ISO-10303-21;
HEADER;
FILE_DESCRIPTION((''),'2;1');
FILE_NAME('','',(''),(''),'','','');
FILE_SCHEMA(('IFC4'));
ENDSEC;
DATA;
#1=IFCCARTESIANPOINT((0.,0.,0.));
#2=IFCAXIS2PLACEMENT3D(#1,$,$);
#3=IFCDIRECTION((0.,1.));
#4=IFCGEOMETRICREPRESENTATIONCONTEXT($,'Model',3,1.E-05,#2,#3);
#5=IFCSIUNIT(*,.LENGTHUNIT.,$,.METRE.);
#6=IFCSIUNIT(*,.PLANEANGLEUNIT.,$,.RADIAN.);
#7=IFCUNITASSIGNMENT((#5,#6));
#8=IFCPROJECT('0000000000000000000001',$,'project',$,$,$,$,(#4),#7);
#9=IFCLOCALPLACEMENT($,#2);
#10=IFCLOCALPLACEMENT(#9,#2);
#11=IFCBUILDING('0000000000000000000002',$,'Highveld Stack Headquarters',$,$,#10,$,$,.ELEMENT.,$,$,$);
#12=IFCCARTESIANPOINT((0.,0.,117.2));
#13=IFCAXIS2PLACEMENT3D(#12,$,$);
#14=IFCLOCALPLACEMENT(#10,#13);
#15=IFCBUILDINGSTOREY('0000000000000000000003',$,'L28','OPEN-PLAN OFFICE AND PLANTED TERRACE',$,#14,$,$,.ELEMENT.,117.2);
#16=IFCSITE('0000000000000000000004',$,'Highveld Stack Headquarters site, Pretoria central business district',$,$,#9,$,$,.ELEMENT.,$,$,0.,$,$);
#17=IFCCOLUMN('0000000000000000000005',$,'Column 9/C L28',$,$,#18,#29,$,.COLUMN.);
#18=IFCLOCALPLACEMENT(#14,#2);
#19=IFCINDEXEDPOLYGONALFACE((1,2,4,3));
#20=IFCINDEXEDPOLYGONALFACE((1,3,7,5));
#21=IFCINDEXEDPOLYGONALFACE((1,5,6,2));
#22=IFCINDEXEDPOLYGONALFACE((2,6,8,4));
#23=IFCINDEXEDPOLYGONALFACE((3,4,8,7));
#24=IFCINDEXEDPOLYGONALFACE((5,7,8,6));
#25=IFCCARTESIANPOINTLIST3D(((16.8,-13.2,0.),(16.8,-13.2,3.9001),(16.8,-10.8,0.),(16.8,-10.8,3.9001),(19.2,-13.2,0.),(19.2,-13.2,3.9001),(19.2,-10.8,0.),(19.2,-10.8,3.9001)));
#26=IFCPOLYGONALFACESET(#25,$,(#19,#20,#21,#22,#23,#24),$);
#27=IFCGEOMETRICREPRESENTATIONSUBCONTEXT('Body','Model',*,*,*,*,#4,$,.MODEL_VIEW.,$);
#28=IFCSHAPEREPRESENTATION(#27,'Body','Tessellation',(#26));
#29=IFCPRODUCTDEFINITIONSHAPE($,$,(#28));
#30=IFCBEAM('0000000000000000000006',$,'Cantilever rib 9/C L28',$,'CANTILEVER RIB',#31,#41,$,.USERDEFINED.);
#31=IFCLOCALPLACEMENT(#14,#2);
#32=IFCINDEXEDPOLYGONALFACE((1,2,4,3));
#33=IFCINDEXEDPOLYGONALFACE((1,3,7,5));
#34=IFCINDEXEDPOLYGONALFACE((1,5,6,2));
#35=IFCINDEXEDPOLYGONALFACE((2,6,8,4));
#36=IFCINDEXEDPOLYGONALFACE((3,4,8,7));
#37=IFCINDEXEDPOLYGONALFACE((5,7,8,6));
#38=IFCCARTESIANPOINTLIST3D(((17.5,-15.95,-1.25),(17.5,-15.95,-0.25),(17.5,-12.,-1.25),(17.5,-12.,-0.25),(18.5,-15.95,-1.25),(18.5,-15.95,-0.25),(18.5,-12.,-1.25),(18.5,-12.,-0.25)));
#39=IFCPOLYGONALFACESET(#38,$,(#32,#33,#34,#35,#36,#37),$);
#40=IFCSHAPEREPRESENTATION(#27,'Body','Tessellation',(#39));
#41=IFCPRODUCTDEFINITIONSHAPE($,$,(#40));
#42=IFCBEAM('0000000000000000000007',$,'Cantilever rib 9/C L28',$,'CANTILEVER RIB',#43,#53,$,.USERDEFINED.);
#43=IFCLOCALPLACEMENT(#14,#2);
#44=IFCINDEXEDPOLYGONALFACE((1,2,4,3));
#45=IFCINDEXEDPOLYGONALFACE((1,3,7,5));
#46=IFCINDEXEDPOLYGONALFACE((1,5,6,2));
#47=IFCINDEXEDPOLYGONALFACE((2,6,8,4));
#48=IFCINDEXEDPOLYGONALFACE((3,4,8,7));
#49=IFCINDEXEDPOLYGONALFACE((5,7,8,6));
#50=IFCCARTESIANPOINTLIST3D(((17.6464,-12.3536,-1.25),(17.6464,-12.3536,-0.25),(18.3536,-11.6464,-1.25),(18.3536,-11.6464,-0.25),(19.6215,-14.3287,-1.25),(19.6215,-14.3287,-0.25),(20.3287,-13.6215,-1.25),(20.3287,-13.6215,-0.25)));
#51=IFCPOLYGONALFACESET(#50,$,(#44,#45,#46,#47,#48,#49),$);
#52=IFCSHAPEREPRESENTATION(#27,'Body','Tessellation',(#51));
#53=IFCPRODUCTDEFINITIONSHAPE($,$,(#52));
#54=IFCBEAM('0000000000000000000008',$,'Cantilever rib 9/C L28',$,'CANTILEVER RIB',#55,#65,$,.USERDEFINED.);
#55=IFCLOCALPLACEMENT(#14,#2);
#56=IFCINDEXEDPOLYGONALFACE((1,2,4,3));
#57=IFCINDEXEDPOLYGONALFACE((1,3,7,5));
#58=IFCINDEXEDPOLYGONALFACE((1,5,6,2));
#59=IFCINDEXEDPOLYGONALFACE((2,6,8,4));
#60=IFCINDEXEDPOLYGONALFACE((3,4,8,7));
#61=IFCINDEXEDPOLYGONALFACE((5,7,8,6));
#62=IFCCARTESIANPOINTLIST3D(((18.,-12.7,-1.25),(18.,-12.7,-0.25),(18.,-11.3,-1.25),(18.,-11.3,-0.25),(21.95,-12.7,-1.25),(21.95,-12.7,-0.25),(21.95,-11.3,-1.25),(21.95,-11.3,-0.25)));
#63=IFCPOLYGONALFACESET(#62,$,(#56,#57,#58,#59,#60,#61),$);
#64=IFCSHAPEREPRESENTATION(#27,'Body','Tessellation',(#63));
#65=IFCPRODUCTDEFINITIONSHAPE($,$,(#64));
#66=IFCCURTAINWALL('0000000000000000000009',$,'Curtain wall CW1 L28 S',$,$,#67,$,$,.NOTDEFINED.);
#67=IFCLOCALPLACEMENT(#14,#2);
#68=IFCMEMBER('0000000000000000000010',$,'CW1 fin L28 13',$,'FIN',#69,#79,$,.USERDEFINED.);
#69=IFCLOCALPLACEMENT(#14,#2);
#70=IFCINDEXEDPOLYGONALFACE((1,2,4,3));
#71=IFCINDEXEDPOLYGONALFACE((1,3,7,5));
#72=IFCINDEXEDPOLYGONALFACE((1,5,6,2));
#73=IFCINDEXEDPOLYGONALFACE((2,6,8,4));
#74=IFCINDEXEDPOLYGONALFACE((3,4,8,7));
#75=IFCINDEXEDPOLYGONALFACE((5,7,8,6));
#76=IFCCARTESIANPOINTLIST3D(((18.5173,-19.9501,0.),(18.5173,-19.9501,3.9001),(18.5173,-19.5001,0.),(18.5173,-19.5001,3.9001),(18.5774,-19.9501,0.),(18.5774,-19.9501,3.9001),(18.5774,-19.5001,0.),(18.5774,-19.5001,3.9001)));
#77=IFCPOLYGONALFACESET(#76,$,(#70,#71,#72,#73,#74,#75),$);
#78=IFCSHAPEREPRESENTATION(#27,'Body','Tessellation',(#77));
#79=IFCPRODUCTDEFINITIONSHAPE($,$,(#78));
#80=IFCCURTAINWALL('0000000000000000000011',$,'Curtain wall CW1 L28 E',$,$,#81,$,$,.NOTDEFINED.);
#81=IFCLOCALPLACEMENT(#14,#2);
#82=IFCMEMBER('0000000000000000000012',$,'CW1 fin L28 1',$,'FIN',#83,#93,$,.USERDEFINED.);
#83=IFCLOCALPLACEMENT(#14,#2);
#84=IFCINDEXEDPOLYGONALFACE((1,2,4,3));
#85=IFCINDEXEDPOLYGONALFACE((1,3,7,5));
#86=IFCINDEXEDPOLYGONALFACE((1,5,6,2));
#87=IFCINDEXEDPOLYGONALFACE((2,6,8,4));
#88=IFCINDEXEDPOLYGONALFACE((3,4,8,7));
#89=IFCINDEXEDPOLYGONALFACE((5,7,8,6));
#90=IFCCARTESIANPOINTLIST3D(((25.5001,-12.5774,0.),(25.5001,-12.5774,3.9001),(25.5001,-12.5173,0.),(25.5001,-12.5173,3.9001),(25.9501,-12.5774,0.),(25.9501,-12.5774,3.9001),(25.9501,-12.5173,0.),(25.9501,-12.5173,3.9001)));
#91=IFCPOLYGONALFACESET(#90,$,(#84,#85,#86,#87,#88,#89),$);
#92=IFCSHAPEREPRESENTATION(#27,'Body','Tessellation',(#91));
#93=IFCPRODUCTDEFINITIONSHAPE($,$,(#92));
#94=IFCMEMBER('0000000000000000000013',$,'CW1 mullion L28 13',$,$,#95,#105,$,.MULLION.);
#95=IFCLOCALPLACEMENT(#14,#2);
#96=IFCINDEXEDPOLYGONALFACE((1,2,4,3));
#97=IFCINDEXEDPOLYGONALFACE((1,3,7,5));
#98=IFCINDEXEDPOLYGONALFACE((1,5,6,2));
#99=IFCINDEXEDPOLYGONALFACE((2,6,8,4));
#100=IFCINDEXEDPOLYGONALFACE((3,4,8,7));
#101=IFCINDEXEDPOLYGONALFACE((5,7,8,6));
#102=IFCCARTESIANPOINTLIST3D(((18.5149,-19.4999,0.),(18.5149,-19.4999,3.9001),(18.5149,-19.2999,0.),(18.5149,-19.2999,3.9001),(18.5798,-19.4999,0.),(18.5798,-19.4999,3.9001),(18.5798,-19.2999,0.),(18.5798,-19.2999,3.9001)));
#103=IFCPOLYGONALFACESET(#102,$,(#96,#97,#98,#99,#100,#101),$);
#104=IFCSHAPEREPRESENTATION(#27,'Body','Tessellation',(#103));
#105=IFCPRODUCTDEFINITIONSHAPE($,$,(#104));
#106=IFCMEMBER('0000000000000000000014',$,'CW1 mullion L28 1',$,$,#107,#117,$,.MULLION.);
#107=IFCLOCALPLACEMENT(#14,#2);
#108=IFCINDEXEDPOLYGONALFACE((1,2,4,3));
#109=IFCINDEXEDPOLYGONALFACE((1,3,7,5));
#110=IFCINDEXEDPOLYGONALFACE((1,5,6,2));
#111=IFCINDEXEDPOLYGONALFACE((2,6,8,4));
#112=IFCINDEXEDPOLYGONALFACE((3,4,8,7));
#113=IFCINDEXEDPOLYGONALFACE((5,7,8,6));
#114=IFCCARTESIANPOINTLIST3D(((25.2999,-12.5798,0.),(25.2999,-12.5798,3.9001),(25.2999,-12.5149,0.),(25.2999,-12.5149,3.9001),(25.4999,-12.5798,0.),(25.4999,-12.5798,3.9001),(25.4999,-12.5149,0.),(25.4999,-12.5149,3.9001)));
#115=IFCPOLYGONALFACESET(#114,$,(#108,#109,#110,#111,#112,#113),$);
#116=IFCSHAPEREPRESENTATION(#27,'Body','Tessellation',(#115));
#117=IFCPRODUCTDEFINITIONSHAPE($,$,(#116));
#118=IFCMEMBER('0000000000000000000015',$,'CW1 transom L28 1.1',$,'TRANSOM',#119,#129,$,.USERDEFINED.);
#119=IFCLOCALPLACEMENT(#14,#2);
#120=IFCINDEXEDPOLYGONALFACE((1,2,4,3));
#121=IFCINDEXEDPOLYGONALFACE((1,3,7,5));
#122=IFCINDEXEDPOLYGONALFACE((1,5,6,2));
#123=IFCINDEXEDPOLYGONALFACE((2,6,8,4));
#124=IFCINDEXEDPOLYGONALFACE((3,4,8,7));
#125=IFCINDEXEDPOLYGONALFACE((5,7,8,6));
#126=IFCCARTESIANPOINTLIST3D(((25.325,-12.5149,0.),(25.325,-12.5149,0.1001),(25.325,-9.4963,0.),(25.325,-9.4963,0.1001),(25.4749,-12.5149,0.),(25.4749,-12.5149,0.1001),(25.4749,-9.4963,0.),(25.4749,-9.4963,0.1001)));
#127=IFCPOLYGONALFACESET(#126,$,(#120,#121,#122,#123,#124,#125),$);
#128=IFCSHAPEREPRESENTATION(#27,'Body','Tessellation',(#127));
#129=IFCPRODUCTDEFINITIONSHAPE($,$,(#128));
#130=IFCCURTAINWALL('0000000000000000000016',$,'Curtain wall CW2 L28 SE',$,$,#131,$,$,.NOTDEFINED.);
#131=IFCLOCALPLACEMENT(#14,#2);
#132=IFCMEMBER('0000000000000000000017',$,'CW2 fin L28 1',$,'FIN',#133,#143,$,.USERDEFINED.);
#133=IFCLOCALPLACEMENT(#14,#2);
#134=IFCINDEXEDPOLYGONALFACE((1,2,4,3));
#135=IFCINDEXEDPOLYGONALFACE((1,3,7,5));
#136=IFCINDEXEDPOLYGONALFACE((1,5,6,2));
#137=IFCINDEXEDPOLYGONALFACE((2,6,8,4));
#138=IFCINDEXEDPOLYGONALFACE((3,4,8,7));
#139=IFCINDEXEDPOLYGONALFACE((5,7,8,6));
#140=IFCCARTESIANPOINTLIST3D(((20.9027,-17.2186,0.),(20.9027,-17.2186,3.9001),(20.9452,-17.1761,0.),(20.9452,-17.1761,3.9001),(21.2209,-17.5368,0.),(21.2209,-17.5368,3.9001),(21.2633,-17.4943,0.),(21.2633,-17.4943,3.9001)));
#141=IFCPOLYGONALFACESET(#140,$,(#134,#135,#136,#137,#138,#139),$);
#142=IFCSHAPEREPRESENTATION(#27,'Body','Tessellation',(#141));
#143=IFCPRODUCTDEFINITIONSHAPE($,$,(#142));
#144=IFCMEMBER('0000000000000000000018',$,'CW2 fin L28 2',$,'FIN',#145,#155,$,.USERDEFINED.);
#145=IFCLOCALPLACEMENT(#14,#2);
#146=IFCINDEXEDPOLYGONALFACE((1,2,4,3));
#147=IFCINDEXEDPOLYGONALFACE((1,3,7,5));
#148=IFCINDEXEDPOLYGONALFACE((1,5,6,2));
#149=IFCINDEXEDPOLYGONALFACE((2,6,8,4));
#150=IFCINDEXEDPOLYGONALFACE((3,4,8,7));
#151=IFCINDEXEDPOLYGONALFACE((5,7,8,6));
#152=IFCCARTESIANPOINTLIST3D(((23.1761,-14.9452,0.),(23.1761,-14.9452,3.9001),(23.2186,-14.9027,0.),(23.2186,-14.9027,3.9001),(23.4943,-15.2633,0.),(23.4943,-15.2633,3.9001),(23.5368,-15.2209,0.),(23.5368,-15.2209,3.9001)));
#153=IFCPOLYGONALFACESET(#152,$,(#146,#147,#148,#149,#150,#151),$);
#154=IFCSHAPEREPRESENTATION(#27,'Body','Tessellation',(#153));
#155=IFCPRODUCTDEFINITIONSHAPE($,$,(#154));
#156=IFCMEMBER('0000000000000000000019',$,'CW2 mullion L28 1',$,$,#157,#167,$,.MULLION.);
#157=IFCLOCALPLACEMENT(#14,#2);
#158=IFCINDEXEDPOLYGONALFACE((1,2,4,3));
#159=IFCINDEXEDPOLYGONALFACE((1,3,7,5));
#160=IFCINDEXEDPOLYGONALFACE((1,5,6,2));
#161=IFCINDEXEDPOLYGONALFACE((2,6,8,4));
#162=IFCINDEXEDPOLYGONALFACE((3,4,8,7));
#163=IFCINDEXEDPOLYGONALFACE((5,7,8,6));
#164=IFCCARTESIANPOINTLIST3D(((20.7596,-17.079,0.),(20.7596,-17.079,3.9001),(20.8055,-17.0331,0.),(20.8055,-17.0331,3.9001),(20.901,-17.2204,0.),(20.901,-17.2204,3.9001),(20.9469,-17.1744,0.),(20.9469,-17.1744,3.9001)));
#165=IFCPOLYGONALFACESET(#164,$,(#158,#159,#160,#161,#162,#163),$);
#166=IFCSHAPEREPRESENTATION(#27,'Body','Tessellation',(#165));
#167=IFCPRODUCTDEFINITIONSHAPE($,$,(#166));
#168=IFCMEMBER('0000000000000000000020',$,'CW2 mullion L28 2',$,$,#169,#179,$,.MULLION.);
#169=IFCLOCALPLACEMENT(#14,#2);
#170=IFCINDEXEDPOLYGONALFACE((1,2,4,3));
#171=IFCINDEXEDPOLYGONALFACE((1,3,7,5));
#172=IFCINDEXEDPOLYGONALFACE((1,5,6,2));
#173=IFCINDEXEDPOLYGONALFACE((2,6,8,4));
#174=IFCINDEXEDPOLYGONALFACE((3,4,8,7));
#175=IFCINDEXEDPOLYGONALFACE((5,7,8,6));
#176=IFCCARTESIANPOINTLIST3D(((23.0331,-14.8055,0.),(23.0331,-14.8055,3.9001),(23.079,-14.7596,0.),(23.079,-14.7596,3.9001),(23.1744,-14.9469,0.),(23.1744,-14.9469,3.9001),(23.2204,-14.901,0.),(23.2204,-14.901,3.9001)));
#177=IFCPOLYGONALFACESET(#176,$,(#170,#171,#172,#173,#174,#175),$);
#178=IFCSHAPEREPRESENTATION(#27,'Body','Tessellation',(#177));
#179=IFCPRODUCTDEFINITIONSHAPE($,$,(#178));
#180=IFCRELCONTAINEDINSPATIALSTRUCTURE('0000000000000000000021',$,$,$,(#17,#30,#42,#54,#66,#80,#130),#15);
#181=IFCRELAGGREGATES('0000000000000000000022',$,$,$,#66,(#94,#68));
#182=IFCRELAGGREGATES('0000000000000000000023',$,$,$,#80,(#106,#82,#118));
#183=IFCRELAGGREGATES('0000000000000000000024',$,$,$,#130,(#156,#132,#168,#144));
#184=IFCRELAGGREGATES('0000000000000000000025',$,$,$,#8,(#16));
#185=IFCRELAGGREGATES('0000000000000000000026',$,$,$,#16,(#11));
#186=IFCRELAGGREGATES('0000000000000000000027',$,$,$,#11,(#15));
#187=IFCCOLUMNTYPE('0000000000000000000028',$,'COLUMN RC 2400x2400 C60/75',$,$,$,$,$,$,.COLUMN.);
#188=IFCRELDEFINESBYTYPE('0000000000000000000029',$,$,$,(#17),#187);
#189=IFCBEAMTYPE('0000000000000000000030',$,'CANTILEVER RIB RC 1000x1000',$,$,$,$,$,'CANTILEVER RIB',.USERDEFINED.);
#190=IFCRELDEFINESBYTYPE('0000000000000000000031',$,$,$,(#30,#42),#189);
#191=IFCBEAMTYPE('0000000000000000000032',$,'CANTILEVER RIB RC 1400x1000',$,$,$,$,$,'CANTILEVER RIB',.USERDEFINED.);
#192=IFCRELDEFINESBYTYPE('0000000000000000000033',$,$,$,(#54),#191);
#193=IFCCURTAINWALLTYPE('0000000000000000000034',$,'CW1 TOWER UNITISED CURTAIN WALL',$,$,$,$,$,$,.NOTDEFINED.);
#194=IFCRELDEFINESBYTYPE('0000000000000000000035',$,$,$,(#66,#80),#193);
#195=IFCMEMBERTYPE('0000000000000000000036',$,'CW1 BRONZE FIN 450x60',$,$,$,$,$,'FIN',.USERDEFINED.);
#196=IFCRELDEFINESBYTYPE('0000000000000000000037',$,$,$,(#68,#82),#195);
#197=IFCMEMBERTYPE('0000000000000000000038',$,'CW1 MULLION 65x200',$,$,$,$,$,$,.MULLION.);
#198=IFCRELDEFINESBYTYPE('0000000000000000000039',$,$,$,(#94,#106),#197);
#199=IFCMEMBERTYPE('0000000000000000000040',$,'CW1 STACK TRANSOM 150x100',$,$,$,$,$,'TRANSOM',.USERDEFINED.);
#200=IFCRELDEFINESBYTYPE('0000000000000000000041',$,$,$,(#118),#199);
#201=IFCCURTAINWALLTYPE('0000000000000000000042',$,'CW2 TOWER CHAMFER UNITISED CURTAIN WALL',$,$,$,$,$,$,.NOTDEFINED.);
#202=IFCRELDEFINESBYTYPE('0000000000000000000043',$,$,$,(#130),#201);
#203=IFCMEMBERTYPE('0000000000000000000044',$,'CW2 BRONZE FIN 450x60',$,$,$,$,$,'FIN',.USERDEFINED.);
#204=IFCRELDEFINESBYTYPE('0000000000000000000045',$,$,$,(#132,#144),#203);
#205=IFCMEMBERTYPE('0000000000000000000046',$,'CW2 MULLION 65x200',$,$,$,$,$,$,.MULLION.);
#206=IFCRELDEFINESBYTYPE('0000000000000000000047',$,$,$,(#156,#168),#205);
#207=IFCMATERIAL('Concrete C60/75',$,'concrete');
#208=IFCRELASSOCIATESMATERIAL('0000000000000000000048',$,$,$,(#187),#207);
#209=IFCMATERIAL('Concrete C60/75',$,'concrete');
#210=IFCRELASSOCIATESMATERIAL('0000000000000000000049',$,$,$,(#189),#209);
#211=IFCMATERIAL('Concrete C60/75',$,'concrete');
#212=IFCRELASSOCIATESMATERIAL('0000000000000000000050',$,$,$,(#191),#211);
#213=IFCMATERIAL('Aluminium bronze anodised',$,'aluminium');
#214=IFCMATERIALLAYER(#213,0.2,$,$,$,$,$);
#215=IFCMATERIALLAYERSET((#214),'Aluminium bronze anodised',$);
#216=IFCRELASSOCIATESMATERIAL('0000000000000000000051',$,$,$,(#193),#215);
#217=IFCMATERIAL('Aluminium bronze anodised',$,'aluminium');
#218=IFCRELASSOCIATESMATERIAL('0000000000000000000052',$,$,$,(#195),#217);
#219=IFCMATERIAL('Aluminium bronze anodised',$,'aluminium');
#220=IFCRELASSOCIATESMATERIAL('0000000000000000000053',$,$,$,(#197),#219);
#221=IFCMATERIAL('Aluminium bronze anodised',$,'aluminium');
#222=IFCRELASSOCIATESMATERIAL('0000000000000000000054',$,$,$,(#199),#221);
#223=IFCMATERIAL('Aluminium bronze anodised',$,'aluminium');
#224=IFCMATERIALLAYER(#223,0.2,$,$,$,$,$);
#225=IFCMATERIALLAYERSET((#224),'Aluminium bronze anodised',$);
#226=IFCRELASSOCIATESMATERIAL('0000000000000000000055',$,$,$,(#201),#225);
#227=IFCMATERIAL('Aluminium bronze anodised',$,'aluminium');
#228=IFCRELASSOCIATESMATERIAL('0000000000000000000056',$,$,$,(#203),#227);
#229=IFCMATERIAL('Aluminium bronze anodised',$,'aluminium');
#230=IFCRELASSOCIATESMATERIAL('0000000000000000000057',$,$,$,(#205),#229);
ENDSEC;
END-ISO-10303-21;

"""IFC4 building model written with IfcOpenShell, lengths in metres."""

from ifc_helpers import new_model, si_unit, direction, frame, origin, origin_2d, place, context, subcontext, project, spatial, rectangle, extrude, material, layer, layer_set, material_profile, profile_set, type_object, element, aggregate, save


model = new_model("IFC4")

# Units and contexts
model_context = context("Model", 3, precision=1e-05, world=origin(), true_north=direction((0.0, 1.0)))
body_context = subcontext(model_context, "Body", "Model", "MODEL_VIEW")
ifc_project = project(units=[si_unit("LENGTHUNIT", "METRE"), si_unit("PLANEANGLEUNIT", "RADIAN")], contexts=[model_context])

# Site, building, storey
site_placement = place(None, origin())
site = spatial("IfcSite", under=ifc_project, at=site_placement, Name="Highveld Stack Headquarters site, Pretoria central business district", CompositionType="ELEMENT", RefElevation=0.0)
building_placement = place(site_placement, origin())
building = spatial("IfcBuilding", under=site, at=building_placement, Name="Highveld Stack Headquarters", CompositionType="ELEMENT")
storey_placement = place(building_placement, frame((0.0, 0.0, 117.2)))
storey = spatial("IfcBuildingStorey", under=building, at=storey_placement, Name="L28", Description="OPEN-PLAN OFFICE AND PLANTED TERRACE", CompositionType="ELEMENT", Elevation=117.2)

# Column
ifc_material_1 = material(Name="Concrete C60/75", Category="concrete")
ifc_material_profile_1 = material_profile(ifc_material_1, rectangle(XDim=2.3999, YDim=2.3999, at=origin_2d()), Name="RC 2400x2400")
ifc_profile_set_1 = profile_set([ifc_material_profile_1], Name="Concrete C60/75")
column_type = type_object("IfcColumnType", Name="COLUMN RC 2400x2400 C60/75", PredefinedType="COLUMN", material=ifc_profile_set_1)
column_placement = place(storey_placement, frame((18.0, -12.0, 0.0), z_axis=(0.0, 0.0, 1.0), x_axis=(1.0, 0.0, 0.0)))
element("IfcColumn", 1, at=column_placement, inside=storey, type_object=column_type, Name="Column 9/C L28", PredefinedType="COLUMN", context=body_context, shape_type="SweptSolid", body=[
    extrude(rectangle(XDim=2.3999, YDim=2.3999, at=origin_2d()), origin(), (0.0, 0.0, 1.0), 3.9001),
])

# Beams
ifc_material_2 = material(Name="Concrete C60/75", Category="concrete")
ifc_material_profile_2 = material_profile(ifc_material_2, rectangle(XDim=1.0, YDim=1.0, at=origin_2d()), Name="RC 1000x1000")
ifc_profile_set_2 = profile_set([ifc_material_profile_2], Name="Concrete C60/75")
beam_type_1 = type_object("IfcBeamType", Name="CANTILEVER RIB RC 1000x1000", ElementType="CANTILEVER RIB", PredefinedType="USERDEFINED", material=ifc_profile_set_2)
beam_1_placement = place(storey_placement, frame((18.0, -12.0, -0.75), z_axis=(0.0, -1.0, 0.0), x_axis=(1.0, 0.0, 0.0)))
element("IfcBeam", 2, at=beam_1_placement, inside=storey, type_object=beam_type_1, Name="Cantilever rib 9/C L28", ObjectType="CANTILEVER RIB", PredefinedType="USERDEFINED", context=body_context, shape_type="SweptSolid", body=[
    extrude(rectangle(XDim=1.0, YDim=1.0, at=origin_2d()), origin(), (0.0, 0.0, 1.0), 3.95),
])
beam_2_placement = place(storey_placement, frame((18.0, -12.0, -0.75), z_axis=(0.707107, -0.707107, 0.0), x_axis=(0.707107, 0.707107, 0.0)))
element("IfcBeam", 3, at=beam_2_placement, inside=storey, type_object=beam_type_1, Name="Cantilever rib 9/C L28", ObjectType="CANTILEVER RIB", PredefinedType="USERDEFINED", context=body_context, shape_type="SweptSolid", body=[
    extrude(rectangle(XDim=1.0, YDim=1.0, at=origin_2d()), origin(), (0.0, 0.0, 1.0), 2.7932),
])
ifc_material_3 = material(Name="Concrete C60/75", Category="concrete")
ifc_material_profile_3 = material_profile(ifc_material_3, rectangle(XDim=1.3999, YDim=1.0, at=origin_2d()), Name="RC 1400x1000")
ifc_profile_set_3 = profile_set([ifc_material_profile_3], Name="Concrete C60/75")
beam_type_2 = type_object("IfcBeamType", Name="CANTILEVER RIB RC 1400x1000", ElementType="CANTILEVER RIB", PredefinedType="USERDEFINED", material=ifc_profile_set_3)
beam_3_placement = place(storey_placement, frame((18.0, -12.0, -0.75), z_axis=(1.0, 0.0, 0.0), x_axis=(0.0, 1.0, 0.0)))
element("IfcBeam", 4, at=beam_3_placement, inside=storey, type_object=beam_type_2, Name="Cantilever rib 9/C L28", ObjectType="CANTILEVER RIB", PredefinedType="USERDEFINED", context=body_context, shape_type="SweptSolid", body=[
    extrude(rectangle(XDim=1.3999, YDim=1.0, at=origin_2d()), origin(), (0.0, 0.0, 1.0), 3.95),
])

# Curtain walls, members
ifc_material_4 = material(Name="Aluminium bronze anodised", Category="aluminium")
ifc_layer_1 = layer(ifc_material_4, 0.2)
ifc_layer_set_1 = layer_set([ifc_layer_1], Name="Aluminium bronze anodised")
curtain_wall_type_1 = type_object("IfcCurtainWallType", Name="CW1 TOWER UNITISED CURTAIN WALL", PredefinedType="NOTDEFINED", material=ifc_layer_set_1)
curtain_wall_1_placement = place(storey_placement, origin())
curtain_wall_1 = element("IfcCurtainWall", 5, at=curtain_wall_1_placement, inside=storey, type_object=curtain_wall_type_1, Name="Curtain wall CW1 L28 S", PredefinedType="NOTDEFINED")
ifc_material_5 = material(Name="Aluminium bronze anodised", Category="aluminium")
ifc_material_profile_4 = material_profile(ifc_material_5, rectangle(XDim=0.45, YDim=0.0601, at=origin_2d()), Name="FIN 450x60")
ifc_profile_set_4 = profile_set([ifc_material_profile_4], Name="Aluminium bronze anodised")
member_type_1 = type_object("IfcMemberType", Name="CW1 BRONZE FIN 450x60", ElementType="FIN", PredefinedType="USERDEFINED", material=ifc_profile_set_4)
member_1_placement = place(storey_placement, frame((18.5474, -19.7251, 0.0), z_axis=(0.0, 0.0, 1.0), x_axis=(0.0, 1.0, 0.0)))
member_1 = element("IfcMember", 6, at=member_1_placement, type_object=member_type_1, Name="CW1 fin L28 13", ObjectType="FIN", PredefinedType="USERDEFINED", context=body_context, shape_type="SweptSolid", body=[
    extrude(rectangle(XDim=0.45, YDim=0.0601, at=origin_2d()), origin(), (0.0, 0.0, 1.0), 3.9001),
])
curtain_wall_2_placement = place(storey_placement, origin())
curtain_wall_2 = element("IfcCurtainWall", 7, at=curtain_wall_2_placement, inside=storey, type_object=curtain_wall_type_1, Name="Curtain wall CW1 L28 E", PredefinedType="NOTDEFINED")
member_2_placement = place(storey_placement, frame((25.7251, -12.5474, 0.0), z_axis=(0.0, 0.0, 1.0), x_axis=(-1.0, 0.0, 0.0)))
member_2 = element("IfcMember", 8, at=member_2_placement, type_object=member_type_1, Name="CW1 fin L28 1", ObjectType="FIN", PredefinedType="USERDEFINED", context=body_context, shape_type="SweptSolid", body=[
    extrude(rectangle(XDim=0.45, YDim=0.0601, at=origin_2d()), origin(), (0.0, 0.0, 1.0), 3.9001),
])

# Members
ifc_material_6 = material(Name="Aluminium bronze anodised", Category="aluminium")
ifc_material_profile_5 = material_profile(ifc_material_6, rectangle(XDim=0.2, YDim=0.0649, at=origin_2d()), Name="CW1 MULLION 65x200")
ifc_profile_set_5 = profile_set([ifc_material_profile_5], Name="Aluminium bronze anodised")
member_type_2 = type_object("IfcMemberType", Name="CW1 MULLION 65x200", PredefinedType="MULLION", material=ifc_profile_set_5)
member_3_placement = place(storey_placement, frame((18.5474, -19.3999, 0.0), z_axis=(0.0, 0.0, 1.0), x_axis=(0.0, 1.0, 0.0)))
member_3 = element("IfcMember", 9, at=member_3_placement, type_object=member_type_2, Name="CW1 mullion L28 13", PredefinedType="MULLION", context=body_context, shape_type="SweptSolid", body=[
    extrude(rectangle(XDim=0.2, YDim=0.0649, at=origin_2d()), origin(), (0.0, 0.0, 1.0), 3.9001),
])
aggregate(curtain_wall_1, [member_3, member_1])
member_4_placement = place(storey_placement, frame((25.3999, -12.5474, 0.0), z_axis=(0.0, 0.0, 1.0), x_axis=(-1.0, 0.0, 0.0)))
member_4 = element("IfcMember", 10, at=member_4_placement, type_object=member_type_2, Name="CW1 mullion L28 1", PredefinedType="MULLION", context=body_context, shape_type="SweptSolid", body=[
    extrude(rectangle(XDim=0.2, YDim=0.0649, at=origin_2d()), origin(), (0.0, 0.0, 1.0), 3.9001),
])
ifc_material_7 = material(Name="Aluminium bronze anodised", Category="aluminium")
ifc_material_profile_6 = material_profile(ifc_material_7, rectangle(XDim=0.1499, YDim=0.1001, at=origin_2d()), Name="CW1 TRANSOM 150x100")
ifc_profile_set_6 = profile_set([ifc_material_profile_6], Name="Aluminium bronze anodised")
member_type_3 = type_object("IfcMemberType", Name="CW1 STACK TRANSOM 150x100", ElementType="TRANSOM", PredefinedType="USERDEFINED", material=ifc_profile_set_6)
member_5_placement = place(storey_placement, frame((25.3999, -12.5149, 0.05), z_axis=(0.0, 1.0, 0.0), x_axis=(-1.0, 0.0, 0.0)))
member_5 = element("IfcMember", 11, at=member_5_placement, type_object=member_type_3, Name="CW1 transom L28 1.1", ObjectType="TRANSOM", PredefinedType="USERDEFINED", context=body_context, shape_type="SweptSolid", body=[
    extrude(rectangle(XDim=0.1499, YDim=0.1001, at=origin_2d()), origin(), (0.0, 0.0, 1.0), 3.0186),
])
aggregate(curtain_wall_2, [member_4, member_2, member_5])

# Curtain wall, members
ifc_material_8 = material(Name="Aluminium bronze anodised", Category="aluminium")
ifc_layer_2 = layer(ifc_material_8, 0.2)
ifc_layer_set_2 = layer_set([ifc_layer_2], Name="Aluminium bronze anodised")
curtain_wall_type_2 = type_object("IfcCurtainWallType", Name="CW2 TOWER CHAMFER UNITISED CURTAIN WALL", PredefinedType="NOTDEFINED", material=ifc_layer_set_2)
curtain_wall_3_placement = place(storey_placement, origin())
curtain_wall_3 = element("IfcCurtainWall", 12, at=curtain_wall_3_placement, inside=storey, type_object=curtain_wall_type_2, Name="Curtain wall CW2 L28 SE", PredefinedType="NOTDEFINED")
ifc_material_9 = material(Name="Aluminium bronze anodised", Category="aluminium")
ifc_material_profile_7 = material_profile(ifc_material_9, rectangle(XDim=0.45, YDim=0.0601, at=origin_2d()), Name="FIN 450x60")
ifc_profile_set_7 = profile_set([ifc_material_profile_7], Name="Aluminium bronze anodised")
member_type_4 = type_object("IfcMemberType", Name="CW2 BRONZE FIN 450x60", ElementType="FIN", PredefinedType="USERDEFINED", material=ifc_profile_set_7)
member_6_placement = place(storey_placement, frame((21.083, -17.3564, 0.0), z_axis=(0.0, 0.0, 1.0), x_axis=(-0.707107, 0.707107, 0.0)))
member_6 = element("IfcMember", 13, at=member_6_placement, type_object=member_type_4, Name="CW2 fin L28 1", ObjectType="FIN", PredefinedType="USERDEFINED", context=body_context, shape_type="SweptSolid", body=[
    extrude(rectangle(XDim=0.45, YDim=0.0601, at=origin_2d()), origin(), (0.0, 0.0, 1.0), 3.9001),
])
member_7_placement = place(storey_placement, frame((23.3564, -15.083, 0.0), z_axis=(0.0, 0.0, 1.0), x_axis=(-0.707107, 0.707107, 0.0)))
member_7 = element("IfcMember", 14, at=member_7_placement, type_object=member_type_4, Name="CW2 fin L28 2", ObjectType="FIN", PredefinedType="USERDEFINED", context=body_context, shape_type="SweptSolid", body=[
    extrude(rectangle(XDim=0.45, YDim=0.0601, at=origin_2d()), origin(), (0.0, 0.0, 1.0), 3.9001),
])
ifc_material_10 = material(Name="Aluminium bronze anodised", Category="aluminium")
ifc_material_profile_8 = material_profile(ifc_material_10, rectangle(XDim=0.2, YDim=0.0649, at=origin_2d()), Name="CW2 MULLION 65x200")
ifc_profile_set_8 = profile_set([ifc_material_profile_8], Name="Aluminium bronze anodised")
member_type_5 = type_object("IfcMemberType", Name="CW2 MULLION 65x200", PredefinedType="MULLION", material=ifc_profile_set_8)
member_8_placement = place(storey_placement, frame((20.8533, -17.1267, 0.0), z_axis=(0.0, 0.0, 1.0), x_axis=(-0.707107, 0.707107, 0.0)))
member_8 = element("IfcMember", 15, at=member_8_placement, type_object=member_type_5, Name="CW2 mullion L28 1", PredefinedType="MULLION", context=body_context, shape_type="SweptSolid", body=[
    extrude(rectangle(XDim=0.2, YDim=0.0649, at=origin_2d()), origin(), (0.0, 0.0, 1.0), 3.9001),
])
member_9_placement = place(storey_placement, frame((23.1267, -14.8533, 0.0), z_axis=(0.0, 0.0, 1.0), x_axis=(-0.707107, 0.707107, 0.0)))
member_9 = element("IfcMember", 16, at=member_9_placement, type_object=member_type_5, Name="CW2 mullion L28 2", PredefinedType="MULLION", context=body_context, shape_type="SweptSolid", body=[
    extrude(rectangle(XDim=0.2, YDim=0.0649, at=origin_2d()), origin(), (0.0, 0.0, 1.0), 3.9001),
])
aggregate(curtain_wall_3, [member_8, member_6, member_9, member_7])

save(model, "model.ifc")
